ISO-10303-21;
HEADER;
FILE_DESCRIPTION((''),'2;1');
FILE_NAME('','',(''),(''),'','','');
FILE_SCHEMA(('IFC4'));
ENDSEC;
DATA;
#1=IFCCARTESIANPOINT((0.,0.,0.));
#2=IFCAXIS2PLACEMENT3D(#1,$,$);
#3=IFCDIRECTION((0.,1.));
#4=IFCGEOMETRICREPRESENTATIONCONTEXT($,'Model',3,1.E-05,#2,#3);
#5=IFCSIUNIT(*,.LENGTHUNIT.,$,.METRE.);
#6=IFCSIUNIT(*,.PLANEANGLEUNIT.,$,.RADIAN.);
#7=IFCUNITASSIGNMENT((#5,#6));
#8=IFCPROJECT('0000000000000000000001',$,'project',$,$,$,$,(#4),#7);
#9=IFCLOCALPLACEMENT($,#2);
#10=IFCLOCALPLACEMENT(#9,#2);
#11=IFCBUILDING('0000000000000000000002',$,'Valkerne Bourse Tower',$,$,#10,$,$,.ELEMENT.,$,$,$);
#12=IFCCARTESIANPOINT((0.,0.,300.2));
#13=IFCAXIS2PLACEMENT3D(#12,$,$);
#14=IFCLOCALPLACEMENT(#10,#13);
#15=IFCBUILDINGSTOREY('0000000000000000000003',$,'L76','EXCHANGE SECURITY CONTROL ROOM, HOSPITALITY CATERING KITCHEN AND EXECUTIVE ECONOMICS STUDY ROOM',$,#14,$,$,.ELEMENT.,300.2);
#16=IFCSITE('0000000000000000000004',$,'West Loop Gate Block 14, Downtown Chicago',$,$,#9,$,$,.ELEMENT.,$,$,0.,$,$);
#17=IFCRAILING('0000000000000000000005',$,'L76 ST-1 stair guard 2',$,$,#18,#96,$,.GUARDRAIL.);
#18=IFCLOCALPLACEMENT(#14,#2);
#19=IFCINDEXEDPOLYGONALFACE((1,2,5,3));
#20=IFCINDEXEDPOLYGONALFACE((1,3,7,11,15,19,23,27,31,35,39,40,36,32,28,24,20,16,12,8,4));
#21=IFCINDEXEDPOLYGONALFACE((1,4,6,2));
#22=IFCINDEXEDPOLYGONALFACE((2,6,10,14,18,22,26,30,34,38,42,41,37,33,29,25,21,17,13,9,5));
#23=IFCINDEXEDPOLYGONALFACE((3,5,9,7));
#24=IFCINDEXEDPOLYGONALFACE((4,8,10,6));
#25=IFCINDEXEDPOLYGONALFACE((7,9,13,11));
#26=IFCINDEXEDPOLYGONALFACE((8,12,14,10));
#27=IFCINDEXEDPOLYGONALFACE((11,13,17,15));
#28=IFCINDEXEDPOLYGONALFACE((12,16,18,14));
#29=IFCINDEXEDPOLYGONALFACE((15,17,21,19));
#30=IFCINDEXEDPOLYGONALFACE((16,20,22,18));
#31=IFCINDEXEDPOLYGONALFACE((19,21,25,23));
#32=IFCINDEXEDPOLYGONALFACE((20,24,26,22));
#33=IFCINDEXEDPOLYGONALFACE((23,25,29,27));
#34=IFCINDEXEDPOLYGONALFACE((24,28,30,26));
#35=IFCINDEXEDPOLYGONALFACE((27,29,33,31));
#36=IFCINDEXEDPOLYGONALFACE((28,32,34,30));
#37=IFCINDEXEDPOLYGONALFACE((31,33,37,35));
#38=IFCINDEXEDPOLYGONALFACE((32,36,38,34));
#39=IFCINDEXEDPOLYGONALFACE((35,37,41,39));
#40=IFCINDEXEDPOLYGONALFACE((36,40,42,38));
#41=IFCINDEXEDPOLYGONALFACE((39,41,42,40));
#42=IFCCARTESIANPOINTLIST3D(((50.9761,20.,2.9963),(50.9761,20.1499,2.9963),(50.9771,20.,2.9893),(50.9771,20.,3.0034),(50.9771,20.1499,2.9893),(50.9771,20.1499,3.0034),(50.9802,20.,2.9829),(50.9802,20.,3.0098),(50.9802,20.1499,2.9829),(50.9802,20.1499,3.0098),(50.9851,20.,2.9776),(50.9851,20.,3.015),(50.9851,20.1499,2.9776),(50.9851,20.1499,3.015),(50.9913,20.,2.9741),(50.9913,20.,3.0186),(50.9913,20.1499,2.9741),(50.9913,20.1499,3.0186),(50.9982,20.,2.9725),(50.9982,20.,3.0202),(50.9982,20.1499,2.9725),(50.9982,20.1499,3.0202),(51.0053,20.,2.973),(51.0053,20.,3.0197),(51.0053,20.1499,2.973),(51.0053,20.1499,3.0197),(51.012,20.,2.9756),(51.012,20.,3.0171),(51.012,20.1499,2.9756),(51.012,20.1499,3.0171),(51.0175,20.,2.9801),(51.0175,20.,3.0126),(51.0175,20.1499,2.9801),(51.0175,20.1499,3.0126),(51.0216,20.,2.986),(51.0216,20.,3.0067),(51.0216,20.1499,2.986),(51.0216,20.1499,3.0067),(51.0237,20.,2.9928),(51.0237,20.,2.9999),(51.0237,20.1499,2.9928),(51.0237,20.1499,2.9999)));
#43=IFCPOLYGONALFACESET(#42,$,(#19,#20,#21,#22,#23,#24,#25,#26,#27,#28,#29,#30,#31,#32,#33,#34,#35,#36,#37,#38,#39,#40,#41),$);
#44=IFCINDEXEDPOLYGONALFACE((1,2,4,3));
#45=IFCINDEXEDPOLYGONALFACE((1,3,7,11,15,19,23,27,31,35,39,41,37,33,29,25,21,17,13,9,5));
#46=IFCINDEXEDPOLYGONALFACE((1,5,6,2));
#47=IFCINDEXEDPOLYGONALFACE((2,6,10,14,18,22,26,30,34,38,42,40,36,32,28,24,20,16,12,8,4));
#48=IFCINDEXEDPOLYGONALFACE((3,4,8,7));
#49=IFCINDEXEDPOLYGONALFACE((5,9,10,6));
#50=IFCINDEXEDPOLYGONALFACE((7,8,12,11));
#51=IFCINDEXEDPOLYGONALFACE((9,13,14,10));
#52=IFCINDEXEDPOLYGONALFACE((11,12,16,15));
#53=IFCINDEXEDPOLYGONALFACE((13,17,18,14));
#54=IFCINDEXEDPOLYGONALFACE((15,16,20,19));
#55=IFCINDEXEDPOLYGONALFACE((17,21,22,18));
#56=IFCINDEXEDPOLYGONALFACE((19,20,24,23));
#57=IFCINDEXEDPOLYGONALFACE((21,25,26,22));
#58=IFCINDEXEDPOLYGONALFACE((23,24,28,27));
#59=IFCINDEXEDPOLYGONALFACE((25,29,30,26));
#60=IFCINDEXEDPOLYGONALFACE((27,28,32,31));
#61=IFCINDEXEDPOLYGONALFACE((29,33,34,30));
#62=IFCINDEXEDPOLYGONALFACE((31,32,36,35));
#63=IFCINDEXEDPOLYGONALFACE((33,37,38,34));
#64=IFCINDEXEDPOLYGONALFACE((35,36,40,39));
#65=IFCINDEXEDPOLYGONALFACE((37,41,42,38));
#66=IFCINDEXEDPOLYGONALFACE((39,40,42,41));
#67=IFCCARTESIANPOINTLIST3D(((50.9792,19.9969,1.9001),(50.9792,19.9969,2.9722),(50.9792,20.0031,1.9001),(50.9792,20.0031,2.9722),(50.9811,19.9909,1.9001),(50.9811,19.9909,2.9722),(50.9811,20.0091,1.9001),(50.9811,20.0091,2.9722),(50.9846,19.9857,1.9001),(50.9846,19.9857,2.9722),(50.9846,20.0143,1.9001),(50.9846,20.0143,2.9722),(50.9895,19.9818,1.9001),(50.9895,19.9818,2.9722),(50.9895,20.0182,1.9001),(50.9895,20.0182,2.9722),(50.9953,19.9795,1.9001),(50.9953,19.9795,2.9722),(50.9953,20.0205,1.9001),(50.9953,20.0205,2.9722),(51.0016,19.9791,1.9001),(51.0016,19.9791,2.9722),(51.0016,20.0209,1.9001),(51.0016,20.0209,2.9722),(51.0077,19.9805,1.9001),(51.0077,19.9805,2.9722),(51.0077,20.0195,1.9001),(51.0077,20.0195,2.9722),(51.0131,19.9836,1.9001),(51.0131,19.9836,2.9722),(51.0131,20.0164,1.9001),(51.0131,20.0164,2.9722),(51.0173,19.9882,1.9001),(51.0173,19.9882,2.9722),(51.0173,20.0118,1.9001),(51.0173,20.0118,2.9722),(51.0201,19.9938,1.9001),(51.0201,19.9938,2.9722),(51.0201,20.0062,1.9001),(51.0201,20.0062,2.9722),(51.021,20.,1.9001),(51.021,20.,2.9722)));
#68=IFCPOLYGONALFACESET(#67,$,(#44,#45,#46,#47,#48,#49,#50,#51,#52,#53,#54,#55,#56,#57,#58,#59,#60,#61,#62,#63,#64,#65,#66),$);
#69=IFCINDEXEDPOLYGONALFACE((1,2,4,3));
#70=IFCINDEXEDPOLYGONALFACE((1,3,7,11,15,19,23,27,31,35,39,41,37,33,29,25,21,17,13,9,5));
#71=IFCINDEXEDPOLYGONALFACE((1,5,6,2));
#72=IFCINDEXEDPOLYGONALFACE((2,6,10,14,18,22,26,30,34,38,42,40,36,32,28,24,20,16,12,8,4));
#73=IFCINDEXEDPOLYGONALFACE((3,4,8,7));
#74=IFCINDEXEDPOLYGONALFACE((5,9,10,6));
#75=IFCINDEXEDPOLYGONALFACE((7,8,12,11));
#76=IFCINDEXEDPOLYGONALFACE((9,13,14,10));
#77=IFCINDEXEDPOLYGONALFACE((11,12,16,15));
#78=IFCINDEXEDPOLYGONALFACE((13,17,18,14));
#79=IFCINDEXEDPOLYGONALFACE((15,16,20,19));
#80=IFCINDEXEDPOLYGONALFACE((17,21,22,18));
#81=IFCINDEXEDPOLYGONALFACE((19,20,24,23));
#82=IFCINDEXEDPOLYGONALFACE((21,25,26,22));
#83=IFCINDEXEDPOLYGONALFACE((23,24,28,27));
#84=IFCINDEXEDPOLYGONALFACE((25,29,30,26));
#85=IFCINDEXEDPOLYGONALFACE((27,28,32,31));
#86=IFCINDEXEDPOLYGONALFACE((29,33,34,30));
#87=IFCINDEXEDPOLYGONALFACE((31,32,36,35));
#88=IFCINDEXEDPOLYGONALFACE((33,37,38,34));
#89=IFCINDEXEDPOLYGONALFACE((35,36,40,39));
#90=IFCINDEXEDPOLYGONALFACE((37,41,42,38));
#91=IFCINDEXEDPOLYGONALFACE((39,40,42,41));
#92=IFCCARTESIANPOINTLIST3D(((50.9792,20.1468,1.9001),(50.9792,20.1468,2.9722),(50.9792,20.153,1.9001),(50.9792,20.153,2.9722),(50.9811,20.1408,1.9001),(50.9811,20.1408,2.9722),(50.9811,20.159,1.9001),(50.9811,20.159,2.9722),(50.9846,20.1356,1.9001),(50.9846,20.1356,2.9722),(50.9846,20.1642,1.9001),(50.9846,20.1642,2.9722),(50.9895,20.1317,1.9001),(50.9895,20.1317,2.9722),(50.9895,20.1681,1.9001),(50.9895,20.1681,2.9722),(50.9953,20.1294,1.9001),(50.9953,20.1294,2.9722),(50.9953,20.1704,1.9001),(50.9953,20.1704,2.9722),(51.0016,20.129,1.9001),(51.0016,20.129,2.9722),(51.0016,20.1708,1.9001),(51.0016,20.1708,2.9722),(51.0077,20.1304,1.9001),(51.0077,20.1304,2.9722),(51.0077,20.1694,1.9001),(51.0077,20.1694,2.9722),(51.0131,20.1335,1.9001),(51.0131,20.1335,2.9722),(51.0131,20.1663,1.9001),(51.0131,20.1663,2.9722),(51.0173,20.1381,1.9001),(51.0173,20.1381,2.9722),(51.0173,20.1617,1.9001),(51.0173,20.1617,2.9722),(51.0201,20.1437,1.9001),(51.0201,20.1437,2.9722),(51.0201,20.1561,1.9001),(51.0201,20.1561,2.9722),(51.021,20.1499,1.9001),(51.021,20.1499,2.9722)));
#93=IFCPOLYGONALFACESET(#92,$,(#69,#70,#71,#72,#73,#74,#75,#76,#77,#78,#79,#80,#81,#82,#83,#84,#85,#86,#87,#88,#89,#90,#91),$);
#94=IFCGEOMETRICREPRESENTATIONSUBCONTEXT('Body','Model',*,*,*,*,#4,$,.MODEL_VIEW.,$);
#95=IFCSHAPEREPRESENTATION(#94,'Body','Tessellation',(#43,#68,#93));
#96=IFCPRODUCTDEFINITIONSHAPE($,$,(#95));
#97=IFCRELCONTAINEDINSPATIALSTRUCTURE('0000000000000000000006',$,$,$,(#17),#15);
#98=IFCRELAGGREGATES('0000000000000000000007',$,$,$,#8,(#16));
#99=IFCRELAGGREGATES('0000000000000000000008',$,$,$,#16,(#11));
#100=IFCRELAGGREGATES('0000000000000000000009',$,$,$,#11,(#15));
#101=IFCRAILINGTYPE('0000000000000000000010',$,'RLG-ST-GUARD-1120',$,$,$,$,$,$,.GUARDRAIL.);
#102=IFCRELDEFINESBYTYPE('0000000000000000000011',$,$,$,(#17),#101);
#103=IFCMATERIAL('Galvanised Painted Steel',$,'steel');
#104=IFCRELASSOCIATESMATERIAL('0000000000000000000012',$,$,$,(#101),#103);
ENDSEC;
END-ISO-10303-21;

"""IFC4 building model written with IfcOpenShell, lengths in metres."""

from ifc_helpers import new_model, si_unit, direction, frame, origin, origin_2d, place, context, subcontext, project, spatial, circle, extrude, material, type_object, element, save


model = new_model("IFC4")

# Units and contexts
model_context = context("Model", 3, precision=1e-05, world=origin(), true_north=direction((0.0, 1.0)))
body_context = subcontext(model_context, "Body", "Model", "MODEL_VIEW")
ifc_project = project(units=[si_unit("LENGTHUNIT", "METRE"), si_unit("PLANEANGLEUNIT", "RADIAN")], contexts=[model_context])

# Site, building, storey
site_placement = place(None, origin())
site = spatial("IfcSite", under=ifc_project, at=site_placement, Name="West Loop Gate Block 14, Downtown Chicago", CompositionType="ELEMENT", RefElevation=0.0)
building_placement = place(site_placement, origin())
building = spatial("IfcBuilding", under=site, at=building_placement, Name="Valkerne Bourse Tower", CompositionType="ELEMENT")
storey_placement = place(building_placement, frame((0.0, 0.0, 300.2)))
storey = spatial("IfcBuildingStorey", under=building, at=storey_placement, Name="L76", Description="EXCHANGE SECURITY CONTROL ROOM, HOSPITALITY CATERING KITCHEN AND EXECUTIVE ECONOMICS STUDY ROOM", CompositionType="ELEMENT", Elevation=300.2)

# Shared definitions
ifc_material_1 = material(Name="Galvanised Painted Steel", Category="steel")

# Railing
railing_type_1 = type_object("IfcRailingType", Name="RLG-ST-GUARD-1120", PredefinedType="GUARDRAIL", material=ifc_material_1)
railing_1_placement = place(storey_placement, frame((51.0, 20.0, 1.9001)))
element("IfcRailing", 1, at=railing_1_placement, inside=storey, type_object=railing_type_1, Name="L76 ST-1 stair guard 2", PredefinedType="GUARDRAIL", context=body_context, shape_type="SweptSolid", body=[
    extrude(circle(Radius=0.0239, at=origin_2d()), frame((0.0, 0.0, 1.0962), z_axis=(0.0, 1.0, 0.0), x_axis=(-1.0, 0.0, 0.0)), (0.0, 0.0, 1.0), 0.1499),
    extrude(circle(Radius=0.021, at=origin_2d()), origin(), (0.0, 0.0, 1.0), 1.072),
    extrude(circle(Radius=0.021, at=origin_2d()), frame((0.0, 0.1499, 0.0)), (0.0, 0.0, 1.0), 1.072),
])

save(model, "model.ifc")
